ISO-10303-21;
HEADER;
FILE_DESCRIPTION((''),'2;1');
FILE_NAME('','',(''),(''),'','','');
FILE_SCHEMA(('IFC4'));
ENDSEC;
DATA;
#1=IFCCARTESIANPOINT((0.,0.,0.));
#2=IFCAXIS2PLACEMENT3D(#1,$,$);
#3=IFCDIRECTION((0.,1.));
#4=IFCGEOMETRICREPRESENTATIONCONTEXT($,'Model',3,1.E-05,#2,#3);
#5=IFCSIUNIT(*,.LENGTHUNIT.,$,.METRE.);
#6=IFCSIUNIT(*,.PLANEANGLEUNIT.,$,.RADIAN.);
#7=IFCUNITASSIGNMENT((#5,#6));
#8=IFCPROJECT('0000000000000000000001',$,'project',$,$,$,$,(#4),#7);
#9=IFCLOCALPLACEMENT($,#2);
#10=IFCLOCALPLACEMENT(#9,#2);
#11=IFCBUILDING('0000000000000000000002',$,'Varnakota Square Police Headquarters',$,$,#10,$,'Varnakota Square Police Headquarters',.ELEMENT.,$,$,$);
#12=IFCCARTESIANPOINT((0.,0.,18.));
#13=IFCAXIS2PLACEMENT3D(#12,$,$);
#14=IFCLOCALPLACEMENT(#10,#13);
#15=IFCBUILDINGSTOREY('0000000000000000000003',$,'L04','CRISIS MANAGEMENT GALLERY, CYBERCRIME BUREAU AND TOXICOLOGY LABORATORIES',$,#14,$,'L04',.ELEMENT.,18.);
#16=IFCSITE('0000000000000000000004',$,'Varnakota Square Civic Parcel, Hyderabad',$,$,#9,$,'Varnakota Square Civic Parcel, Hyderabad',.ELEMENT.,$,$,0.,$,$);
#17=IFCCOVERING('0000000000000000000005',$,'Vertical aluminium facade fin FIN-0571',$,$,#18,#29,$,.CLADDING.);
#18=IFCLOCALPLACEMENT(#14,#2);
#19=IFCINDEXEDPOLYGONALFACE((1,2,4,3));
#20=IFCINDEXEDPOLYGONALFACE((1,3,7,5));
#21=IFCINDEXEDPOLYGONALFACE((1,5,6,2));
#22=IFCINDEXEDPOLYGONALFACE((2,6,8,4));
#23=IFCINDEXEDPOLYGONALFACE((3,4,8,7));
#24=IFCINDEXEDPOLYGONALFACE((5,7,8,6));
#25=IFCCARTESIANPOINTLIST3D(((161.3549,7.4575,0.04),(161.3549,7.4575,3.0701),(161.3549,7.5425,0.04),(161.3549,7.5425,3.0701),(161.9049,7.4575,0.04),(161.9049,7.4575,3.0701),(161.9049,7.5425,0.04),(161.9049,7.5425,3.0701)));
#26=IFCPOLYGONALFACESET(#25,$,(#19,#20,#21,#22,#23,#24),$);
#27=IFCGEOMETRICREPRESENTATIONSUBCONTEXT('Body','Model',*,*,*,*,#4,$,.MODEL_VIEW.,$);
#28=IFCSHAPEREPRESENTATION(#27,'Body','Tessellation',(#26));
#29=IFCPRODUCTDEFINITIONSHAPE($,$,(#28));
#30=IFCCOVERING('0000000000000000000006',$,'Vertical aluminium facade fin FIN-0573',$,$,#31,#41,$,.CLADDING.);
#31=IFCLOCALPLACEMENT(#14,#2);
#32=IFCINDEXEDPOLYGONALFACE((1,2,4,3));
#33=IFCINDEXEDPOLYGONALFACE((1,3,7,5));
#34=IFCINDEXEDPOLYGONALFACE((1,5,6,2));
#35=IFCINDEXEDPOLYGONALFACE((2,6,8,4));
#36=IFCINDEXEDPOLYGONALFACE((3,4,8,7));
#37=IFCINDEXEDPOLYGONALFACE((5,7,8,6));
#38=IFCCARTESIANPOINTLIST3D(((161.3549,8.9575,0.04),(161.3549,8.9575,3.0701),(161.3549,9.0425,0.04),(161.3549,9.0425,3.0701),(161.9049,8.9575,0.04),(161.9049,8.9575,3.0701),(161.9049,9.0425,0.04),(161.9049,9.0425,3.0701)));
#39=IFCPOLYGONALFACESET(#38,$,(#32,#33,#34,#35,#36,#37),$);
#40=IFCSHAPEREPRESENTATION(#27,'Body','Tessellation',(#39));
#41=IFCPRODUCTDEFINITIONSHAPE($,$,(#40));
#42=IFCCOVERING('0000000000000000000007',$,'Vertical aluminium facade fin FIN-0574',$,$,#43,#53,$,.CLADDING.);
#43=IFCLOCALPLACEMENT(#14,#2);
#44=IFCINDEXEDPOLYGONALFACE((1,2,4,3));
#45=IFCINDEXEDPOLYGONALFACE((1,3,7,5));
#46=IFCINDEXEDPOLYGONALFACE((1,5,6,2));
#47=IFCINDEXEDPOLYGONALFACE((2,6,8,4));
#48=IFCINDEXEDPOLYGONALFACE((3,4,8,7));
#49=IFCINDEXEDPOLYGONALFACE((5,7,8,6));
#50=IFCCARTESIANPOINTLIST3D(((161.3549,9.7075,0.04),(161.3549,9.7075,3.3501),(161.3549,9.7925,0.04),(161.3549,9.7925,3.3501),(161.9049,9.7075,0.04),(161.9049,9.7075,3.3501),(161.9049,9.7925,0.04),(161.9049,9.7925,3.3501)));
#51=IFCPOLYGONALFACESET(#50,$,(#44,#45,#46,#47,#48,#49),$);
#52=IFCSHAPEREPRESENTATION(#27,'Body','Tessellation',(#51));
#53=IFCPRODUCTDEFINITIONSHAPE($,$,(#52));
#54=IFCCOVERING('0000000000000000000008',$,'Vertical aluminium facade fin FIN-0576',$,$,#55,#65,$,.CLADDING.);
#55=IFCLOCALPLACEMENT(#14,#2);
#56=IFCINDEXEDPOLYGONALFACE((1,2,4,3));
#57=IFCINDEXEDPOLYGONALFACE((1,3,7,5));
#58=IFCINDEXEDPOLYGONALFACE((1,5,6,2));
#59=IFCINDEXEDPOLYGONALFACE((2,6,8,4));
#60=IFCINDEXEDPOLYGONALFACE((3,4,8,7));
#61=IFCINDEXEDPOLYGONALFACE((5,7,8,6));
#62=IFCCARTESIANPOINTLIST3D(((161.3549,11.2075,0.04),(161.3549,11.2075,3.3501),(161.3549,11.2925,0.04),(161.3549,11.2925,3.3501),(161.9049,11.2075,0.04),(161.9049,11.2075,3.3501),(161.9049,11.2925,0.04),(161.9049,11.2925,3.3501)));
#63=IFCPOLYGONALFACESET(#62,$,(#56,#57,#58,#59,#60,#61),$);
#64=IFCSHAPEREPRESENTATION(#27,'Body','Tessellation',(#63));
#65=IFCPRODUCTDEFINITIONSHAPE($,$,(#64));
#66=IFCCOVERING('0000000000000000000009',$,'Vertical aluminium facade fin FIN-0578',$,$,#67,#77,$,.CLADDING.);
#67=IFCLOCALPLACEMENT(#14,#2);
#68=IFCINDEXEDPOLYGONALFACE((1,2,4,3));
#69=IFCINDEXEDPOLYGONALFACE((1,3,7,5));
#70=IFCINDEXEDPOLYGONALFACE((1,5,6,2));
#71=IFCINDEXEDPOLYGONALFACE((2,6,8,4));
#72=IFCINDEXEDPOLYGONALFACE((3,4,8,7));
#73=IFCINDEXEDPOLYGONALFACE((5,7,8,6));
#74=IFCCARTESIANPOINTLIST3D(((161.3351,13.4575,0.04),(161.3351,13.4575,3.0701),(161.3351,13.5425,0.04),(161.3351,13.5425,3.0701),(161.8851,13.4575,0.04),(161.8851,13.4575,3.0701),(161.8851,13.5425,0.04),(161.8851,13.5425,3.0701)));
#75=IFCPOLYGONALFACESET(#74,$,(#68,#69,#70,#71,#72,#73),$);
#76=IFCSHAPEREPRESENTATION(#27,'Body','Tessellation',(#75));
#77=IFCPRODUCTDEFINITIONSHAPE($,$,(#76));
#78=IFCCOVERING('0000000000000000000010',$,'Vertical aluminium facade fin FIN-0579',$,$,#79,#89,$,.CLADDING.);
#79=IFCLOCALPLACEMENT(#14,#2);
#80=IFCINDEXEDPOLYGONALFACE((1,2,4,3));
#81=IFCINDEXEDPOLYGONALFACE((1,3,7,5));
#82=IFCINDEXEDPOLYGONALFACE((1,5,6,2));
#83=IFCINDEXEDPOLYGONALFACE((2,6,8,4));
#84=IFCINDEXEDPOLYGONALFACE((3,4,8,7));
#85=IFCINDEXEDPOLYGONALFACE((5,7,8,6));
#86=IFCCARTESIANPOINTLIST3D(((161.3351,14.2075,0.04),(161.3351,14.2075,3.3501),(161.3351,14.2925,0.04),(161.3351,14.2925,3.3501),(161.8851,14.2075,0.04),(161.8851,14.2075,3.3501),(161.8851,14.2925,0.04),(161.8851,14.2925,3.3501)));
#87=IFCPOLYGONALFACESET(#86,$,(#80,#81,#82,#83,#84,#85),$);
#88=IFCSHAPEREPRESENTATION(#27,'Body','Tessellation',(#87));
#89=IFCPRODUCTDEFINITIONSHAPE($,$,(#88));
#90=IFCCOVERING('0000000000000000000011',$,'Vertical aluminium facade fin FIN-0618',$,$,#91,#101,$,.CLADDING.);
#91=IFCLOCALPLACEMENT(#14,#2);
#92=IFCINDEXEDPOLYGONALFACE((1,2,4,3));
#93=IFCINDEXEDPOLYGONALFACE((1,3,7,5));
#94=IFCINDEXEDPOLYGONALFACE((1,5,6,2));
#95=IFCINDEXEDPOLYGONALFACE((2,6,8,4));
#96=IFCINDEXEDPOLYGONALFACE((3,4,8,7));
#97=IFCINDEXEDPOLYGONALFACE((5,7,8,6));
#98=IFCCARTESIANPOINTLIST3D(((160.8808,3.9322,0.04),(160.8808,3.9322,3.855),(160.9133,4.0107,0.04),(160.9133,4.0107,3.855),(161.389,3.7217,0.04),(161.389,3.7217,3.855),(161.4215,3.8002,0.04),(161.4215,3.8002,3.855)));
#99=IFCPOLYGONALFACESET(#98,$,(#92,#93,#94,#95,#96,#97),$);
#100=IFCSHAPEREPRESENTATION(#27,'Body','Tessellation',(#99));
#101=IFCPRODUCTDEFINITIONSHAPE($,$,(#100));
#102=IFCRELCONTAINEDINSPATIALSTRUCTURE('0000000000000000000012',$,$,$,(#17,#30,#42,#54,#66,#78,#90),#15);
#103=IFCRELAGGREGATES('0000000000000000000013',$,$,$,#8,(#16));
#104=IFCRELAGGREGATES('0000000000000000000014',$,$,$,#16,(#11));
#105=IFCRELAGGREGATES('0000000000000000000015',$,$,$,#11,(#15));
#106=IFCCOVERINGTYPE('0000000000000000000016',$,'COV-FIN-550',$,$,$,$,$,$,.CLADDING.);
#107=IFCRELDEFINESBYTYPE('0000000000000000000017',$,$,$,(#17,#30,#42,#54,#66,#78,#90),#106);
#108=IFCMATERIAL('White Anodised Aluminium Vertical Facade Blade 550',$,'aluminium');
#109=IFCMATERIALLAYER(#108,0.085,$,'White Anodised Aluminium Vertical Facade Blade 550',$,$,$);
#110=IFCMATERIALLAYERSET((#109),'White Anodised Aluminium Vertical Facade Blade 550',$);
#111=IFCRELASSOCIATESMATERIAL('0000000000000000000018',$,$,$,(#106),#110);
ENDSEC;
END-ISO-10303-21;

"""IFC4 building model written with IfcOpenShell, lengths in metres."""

from ifc_helpers import new_model, si_unit, direction, frame, origin, origin_2d, place, context, subcontext, project, spatial, rectangle, extrude, material, layer, layer_set, type_object, element, save


model = new_model("IFC4")

# Units and contexts
model_context = context("Model", 3, precision=1e-05, world=origin(), true_north=direction((0.0, 1.0)))
body_context = subcontext(model_context, "Body", "Model", "MODEL_VIEW")
ifc_project = project(units=[si_unit("LENGTHUNIT", "METRE"), si_unit("PLANEANGLEUNIT", "RADIAN")], contexts=[model_context])

# Site, building, storey
site_placement = place(None, origin())
site = spatial("IfcSite", under=ifc_project, at=site_placement, Name="Varnakota Square Civic Parcel, Hyderabad", LongName="Varnakota Square Civic Parcel, Hyderabad", CompositionType="ELEMENT", RefElevation=0.0)
building_placement = place(site_placement, origin())
building = spatial("IfcBuilding", under=site, at=building_placement, Name="Varnakota Square Police Headquarters", LongName="Varnakota Square Police Headquarters", CompositionType="ELEMENT")
storey_placement = place(building_placement, frame((0.0, 0.0, 18.0)))
storey = spatial("IfcBuildingStorey", under=building, at=storey_placement, Name="L04", Description="CRISIS MANAGEMENT GALLERY, CYBERCRIME BUREAU AND TOXICOLOGY LABORATORIES", LongName="L04", CompositionType="ELEMENT", Elevation=18.0)

# Coverings
ifc_material_1 = material(Name="White Anodised Aluminium Vertical Facade Blade 550", Category="aluminium")
ifc_layer_1 = layer(ifc_material_1, 0.085, Name="White Anodised Aluminium Vertical Facade Blade 550")
ifc_layer_set_1 = layer_set([ifc_layer_1], Name="White Anodised Aluminium Vertical Facade Blade 550")
covering_type_1 = type_object("IfcCoveringType", Name="COV-FIN-550", PredefinedType="CLADDING", material=ifc_layer_set_1)
for number, where, z_axis, x_axis, name in (
    (1, (161.6299, 7.5, 0.04), (0.0, 0.0, 1.0), (0.0, 1.0, 0.0), "Vertical aluminium facade fin FIN-0571"),
    (2, (161.6299, 9.0, 0.04), (0.0, 0.0, 1.0), (0.0, 1.0, 0.0), "Vertical aluminium facade fin FIN-0573"),
):
    element("IfcCovering", number, at=place(storey_placement, frame(where, z_axis=z_axis, x_axis=x_axis)), inside=storey, type_object=covering_type_1, Name=name, PredefinedType="CLADDING", context=body_context, shape_type="SweptSolid", body=[
        extrude(rectangle(XDim=0.085, YDim=0.55, at=origin_2d()), origin(), (0.0, 0.0, 1.0), 3.03),
    ])
for number, where, z_axis, x_axis, name in (
    (3, (161.6299, 9.75, 0.04), (0.0, 0.0, 1.0), (0.0, 1.0, 0.0), "Vertical aluminium facade fin FIN-0574"),
    (4, (161.6299, 11.25, 0.04), (0.0, 0.0, 1.0), (0.0, 1.0, 0.0), "Vertical aluminium facade fin FIN-0576"),
):
    element("IfcCovering", number, at=place(storey_placement, frame(where, z_axis=z_axis, x_axis=x_axis)), inside=storey, type_object=covering_type_1, Name=name, PredefinedType="CLADDING", context=body_context, shape_type="SweptSolid", body=[
        extrude(rectangle(XDim=0.085, YDim=0.55, at=origin_2d()), origin(), (0.0, 0.0, 1.0), 3.3101),
    ])
covering_1_placement = place(storey_placement, frame((161.6101, 13.5, 0.04), z_axis=(0.0, 0.0, 1.0), x_axis=(0.0, 1.0, 0.0)))
element("IfcCovering", 5, at=covering_1_placement, inside=storey, type_object=covering_type_1, Name="Vertical aluminium facade fin FIN-0578", PredefinedType="CLADDING", context=body_context, shape_type="SweptSolid", body=[
    extrude(rectangle(XDim=0.085, YDim=0.55, at=origin_2d()), origin(), (0.0, 0.0, 1.0), 3.03),
])
covering_2_placement = place(storey_placement, frame((161.6101, 14.25, 0.04), z_axis=(0.0, 0.0, 1.0), x_axis=(0.0, 1.0, 0.0)))
element("IfcCovering", 6, at=covering_2_placement, inside=storey, type_object=covering_type_1, Name="Vertical aluminium facade fin FIN-0579", PredefinedType="CLADDING", context=body_context, shape_type="SweptSolid", body=[
    extrude(rectangle(XDim=0.085, YDim=0.55, at=origin_2d()), origin(), (0.0, 0.0, 1.0), 3.3101),
])
covering_3_placement = place(storey_placement, frame((161.1511, 3.8662, 0.04), z_axis=(0.0, 0.0, 1.0), x_axis=(0.382683, 0.92388, 0.0)))
element("IfcCovering", 7, at=covering_3_placement, inside=storey, type_object=covering_type_1, Name="Vertical aluminium facade fin FIN-0618", PredefinedType="CLADDING", context=body_context, shape_type="SweptSolid", body=[
    extrude(rectangle(XDim=0.085, YDim=0.55, at=origin_2d()), origin(), (0.0, 0.0, 1.0), 3.8149),
])

save(model, "model.ifc")
